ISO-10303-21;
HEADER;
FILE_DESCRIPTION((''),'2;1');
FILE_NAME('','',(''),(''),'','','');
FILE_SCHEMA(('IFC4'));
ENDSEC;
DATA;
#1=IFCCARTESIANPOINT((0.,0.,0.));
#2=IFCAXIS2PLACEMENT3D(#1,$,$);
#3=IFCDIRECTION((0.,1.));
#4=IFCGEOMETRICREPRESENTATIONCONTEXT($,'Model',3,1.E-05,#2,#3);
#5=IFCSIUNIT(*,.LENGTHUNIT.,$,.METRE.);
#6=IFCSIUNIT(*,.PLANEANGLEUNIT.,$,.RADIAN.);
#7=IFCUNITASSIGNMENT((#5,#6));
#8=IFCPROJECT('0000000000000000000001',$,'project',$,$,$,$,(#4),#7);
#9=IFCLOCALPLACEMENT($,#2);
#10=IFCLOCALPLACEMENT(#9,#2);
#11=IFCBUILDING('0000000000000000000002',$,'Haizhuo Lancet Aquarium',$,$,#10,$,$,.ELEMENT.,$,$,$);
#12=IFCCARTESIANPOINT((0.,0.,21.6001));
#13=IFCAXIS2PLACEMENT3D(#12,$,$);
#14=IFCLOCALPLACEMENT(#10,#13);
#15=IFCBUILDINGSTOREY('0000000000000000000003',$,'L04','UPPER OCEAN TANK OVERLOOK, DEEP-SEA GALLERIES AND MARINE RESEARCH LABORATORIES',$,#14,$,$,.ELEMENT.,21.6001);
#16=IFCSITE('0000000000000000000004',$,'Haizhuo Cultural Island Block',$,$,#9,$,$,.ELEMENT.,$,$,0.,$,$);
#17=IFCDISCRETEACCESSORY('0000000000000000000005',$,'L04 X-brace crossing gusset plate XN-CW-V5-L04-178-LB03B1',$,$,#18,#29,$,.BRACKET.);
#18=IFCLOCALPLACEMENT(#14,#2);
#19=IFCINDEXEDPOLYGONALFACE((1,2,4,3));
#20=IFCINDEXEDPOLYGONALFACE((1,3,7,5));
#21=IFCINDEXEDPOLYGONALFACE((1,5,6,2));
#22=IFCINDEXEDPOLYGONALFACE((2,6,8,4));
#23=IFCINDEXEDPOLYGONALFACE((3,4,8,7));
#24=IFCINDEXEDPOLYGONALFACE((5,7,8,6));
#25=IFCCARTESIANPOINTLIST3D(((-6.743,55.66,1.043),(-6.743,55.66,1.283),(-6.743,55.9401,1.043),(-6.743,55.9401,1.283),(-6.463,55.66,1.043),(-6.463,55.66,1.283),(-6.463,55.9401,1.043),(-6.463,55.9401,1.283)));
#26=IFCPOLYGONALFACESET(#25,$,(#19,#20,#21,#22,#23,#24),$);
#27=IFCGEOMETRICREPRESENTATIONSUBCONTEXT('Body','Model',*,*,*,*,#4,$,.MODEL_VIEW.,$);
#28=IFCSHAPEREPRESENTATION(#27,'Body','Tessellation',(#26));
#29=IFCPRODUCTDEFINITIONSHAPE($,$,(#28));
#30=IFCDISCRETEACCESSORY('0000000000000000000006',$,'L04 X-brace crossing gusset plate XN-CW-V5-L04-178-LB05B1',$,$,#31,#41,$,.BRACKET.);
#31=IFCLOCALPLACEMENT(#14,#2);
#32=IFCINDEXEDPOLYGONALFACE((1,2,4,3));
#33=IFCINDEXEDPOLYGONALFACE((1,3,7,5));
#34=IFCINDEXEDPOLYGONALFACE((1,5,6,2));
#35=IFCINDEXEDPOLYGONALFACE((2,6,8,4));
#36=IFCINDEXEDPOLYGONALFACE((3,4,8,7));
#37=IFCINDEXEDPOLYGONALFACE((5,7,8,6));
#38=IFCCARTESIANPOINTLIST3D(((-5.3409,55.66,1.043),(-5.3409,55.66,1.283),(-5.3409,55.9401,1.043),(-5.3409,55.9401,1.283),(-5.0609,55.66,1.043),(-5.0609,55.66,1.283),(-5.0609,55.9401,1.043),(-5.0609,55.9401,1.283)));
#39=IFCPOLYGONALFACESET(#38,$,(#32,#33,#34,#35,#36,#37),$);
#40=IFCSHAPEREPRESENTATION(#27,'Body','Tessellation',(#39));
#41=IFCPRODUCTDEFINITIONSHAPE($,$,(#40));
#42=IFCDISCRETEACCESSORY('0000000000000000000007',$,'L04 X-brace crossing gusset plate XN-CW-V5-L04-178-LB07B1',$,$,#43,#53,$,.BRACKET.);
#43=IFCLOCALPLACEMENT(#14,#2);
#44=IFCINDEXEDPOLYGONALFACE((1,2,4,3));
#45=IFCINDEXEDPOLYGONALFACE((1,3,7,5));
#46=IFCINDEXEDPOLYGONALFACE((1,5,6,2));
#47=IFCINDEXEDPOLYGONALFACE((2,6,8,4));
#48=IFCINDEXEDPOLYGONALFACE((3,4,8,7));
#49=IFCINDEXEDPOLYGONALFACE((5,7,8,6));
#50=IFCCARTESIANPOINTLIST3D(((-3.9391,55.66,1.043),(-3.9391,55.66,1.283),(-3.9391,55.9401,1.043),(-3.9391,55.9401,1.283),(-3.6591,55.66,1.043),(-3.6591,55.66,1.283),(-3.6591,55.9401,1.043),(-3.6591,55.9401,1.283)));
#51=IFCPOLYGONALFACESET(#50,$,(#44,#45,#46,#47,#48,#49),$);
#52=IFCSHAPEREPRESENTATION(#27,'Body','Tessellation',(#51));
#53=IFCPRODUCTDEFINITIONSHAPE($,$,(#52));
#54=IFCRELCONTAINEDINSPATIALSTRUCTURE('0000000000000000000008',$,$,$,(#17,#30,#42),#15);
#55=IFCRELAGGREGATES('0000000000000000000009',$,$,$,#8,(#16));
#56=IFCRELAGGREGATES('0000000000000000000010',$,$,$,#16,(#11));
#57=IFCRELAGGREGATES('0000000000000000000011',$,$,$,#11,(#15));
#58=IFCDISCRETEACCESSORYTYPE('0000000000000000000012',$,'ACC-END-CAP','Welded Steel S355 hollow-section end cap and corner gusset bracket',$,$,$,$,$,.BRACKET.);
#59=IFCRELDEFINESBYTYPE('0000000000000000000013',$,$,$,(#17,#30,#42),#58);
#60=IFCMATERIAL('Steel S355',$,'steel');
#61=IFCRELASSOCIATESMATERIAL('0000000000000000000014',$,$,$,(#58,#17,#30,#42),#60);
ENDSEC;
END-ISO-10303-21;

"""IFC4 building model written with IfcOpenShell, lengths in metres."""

from ifc_helpers import new_model, si_unit, direction, frame, origin, origin_2d, place, context, subcontext, project, spatial, rectangle, extrude, material, type_object, element, save


model = new_model("IFC4")

# Units and contexts
model_context = context("Model", 3, precision=1e-05, world=origin(), true_north=direction((0.0, 1.0)))
body_context = subcontext(model_context, "Body", "Model", "MODEL_VIEW")
ifc_project = project(units=[si_unit("LENGTHUNIT", "METRE"), si_unit("PLANEANGLEUNIT", "RADIAN")], contexts=[model_context])

# Site, building, storey
site_placement = place(None, origin())
site = spatial("IfcSite", under=ifc_project, at=site_placement, Name="Haizhuo Cultural Island Block", CompositionType="ELEMENT", RefElevation=0.0)
building_placement = place(site_placement, origin())
building = spatial("IfcBuilding", under=site, at=building_placement, Name="Haizhuo Lancet Aquarium", CompositionType="ELEMENT")
storey_placement = place(building_placement, frame((0.0, 0.0, 21.6001)))
storey = spatial("IfcBuildingStorey", under=building, at=storey_placement, Name="L04", Description="UPPER OCEAN TANK OVERLOOK, DEEP-SEA GALLERIES AND MARINE RESEARCH LABORATORIES", CompositionType="ELEMENT", Elevation=21.6001)

# Shared definitions
ifc_material_1 = material(Name="Steel S355", Category="steel")

# Discrete accessories
discrete_accessory_type = type_object("IfcDiscreteAccessoryType", Name="ACC-END-CAP", Description="Welded Steel S355 hollow-section end cap and corner gusset bracket", PredefinedType="BRACKET", material=ifc_material_1)
for number, where, z_axis, x_axis, name in (
    (1, (-6.603, 55.8, 1.043), (0.0, 0.0, 1.0), (1.0, 0.0, 0.0), "L04 X-brace crossing gusset plate XN-CW-V5-L04-178-LB03B1"),
    (2, (-5.2009, 55.8, 1.043), (0.0, 0.0, 1.0), (1.0, 0.0, 0.0), "L04 X-brace crossing gusset plate XN-CW-V5-L04-178-LB05B1"),
    (3, (-3.7991, 55.8, 1.043), (0.0, 0.0, 1.0), (1.0, 0.0, 0.0), "L04 X-brace crossing gusset plate XN-CW-V5-L04-178-LB07B1"),
):
    element("IfcDiscreteAccessory", number, at=place(storey_placement, frame(where, z_axis=z_axis, x_axis=x_axis)), inside=storey, type_object=discrete_accessory_type, material=ifc_material_1, Name=name, PredefinedType="BRACKET", context=body_context, shape_type="SweptSolid", body=[
        extrude(rectangle(XDim=0.28, YDim=0.28, at=origin_2d()), origin(), (0.0, 0.0, 1.0), 0.24),
    ])

save(model, "model.ifc")
